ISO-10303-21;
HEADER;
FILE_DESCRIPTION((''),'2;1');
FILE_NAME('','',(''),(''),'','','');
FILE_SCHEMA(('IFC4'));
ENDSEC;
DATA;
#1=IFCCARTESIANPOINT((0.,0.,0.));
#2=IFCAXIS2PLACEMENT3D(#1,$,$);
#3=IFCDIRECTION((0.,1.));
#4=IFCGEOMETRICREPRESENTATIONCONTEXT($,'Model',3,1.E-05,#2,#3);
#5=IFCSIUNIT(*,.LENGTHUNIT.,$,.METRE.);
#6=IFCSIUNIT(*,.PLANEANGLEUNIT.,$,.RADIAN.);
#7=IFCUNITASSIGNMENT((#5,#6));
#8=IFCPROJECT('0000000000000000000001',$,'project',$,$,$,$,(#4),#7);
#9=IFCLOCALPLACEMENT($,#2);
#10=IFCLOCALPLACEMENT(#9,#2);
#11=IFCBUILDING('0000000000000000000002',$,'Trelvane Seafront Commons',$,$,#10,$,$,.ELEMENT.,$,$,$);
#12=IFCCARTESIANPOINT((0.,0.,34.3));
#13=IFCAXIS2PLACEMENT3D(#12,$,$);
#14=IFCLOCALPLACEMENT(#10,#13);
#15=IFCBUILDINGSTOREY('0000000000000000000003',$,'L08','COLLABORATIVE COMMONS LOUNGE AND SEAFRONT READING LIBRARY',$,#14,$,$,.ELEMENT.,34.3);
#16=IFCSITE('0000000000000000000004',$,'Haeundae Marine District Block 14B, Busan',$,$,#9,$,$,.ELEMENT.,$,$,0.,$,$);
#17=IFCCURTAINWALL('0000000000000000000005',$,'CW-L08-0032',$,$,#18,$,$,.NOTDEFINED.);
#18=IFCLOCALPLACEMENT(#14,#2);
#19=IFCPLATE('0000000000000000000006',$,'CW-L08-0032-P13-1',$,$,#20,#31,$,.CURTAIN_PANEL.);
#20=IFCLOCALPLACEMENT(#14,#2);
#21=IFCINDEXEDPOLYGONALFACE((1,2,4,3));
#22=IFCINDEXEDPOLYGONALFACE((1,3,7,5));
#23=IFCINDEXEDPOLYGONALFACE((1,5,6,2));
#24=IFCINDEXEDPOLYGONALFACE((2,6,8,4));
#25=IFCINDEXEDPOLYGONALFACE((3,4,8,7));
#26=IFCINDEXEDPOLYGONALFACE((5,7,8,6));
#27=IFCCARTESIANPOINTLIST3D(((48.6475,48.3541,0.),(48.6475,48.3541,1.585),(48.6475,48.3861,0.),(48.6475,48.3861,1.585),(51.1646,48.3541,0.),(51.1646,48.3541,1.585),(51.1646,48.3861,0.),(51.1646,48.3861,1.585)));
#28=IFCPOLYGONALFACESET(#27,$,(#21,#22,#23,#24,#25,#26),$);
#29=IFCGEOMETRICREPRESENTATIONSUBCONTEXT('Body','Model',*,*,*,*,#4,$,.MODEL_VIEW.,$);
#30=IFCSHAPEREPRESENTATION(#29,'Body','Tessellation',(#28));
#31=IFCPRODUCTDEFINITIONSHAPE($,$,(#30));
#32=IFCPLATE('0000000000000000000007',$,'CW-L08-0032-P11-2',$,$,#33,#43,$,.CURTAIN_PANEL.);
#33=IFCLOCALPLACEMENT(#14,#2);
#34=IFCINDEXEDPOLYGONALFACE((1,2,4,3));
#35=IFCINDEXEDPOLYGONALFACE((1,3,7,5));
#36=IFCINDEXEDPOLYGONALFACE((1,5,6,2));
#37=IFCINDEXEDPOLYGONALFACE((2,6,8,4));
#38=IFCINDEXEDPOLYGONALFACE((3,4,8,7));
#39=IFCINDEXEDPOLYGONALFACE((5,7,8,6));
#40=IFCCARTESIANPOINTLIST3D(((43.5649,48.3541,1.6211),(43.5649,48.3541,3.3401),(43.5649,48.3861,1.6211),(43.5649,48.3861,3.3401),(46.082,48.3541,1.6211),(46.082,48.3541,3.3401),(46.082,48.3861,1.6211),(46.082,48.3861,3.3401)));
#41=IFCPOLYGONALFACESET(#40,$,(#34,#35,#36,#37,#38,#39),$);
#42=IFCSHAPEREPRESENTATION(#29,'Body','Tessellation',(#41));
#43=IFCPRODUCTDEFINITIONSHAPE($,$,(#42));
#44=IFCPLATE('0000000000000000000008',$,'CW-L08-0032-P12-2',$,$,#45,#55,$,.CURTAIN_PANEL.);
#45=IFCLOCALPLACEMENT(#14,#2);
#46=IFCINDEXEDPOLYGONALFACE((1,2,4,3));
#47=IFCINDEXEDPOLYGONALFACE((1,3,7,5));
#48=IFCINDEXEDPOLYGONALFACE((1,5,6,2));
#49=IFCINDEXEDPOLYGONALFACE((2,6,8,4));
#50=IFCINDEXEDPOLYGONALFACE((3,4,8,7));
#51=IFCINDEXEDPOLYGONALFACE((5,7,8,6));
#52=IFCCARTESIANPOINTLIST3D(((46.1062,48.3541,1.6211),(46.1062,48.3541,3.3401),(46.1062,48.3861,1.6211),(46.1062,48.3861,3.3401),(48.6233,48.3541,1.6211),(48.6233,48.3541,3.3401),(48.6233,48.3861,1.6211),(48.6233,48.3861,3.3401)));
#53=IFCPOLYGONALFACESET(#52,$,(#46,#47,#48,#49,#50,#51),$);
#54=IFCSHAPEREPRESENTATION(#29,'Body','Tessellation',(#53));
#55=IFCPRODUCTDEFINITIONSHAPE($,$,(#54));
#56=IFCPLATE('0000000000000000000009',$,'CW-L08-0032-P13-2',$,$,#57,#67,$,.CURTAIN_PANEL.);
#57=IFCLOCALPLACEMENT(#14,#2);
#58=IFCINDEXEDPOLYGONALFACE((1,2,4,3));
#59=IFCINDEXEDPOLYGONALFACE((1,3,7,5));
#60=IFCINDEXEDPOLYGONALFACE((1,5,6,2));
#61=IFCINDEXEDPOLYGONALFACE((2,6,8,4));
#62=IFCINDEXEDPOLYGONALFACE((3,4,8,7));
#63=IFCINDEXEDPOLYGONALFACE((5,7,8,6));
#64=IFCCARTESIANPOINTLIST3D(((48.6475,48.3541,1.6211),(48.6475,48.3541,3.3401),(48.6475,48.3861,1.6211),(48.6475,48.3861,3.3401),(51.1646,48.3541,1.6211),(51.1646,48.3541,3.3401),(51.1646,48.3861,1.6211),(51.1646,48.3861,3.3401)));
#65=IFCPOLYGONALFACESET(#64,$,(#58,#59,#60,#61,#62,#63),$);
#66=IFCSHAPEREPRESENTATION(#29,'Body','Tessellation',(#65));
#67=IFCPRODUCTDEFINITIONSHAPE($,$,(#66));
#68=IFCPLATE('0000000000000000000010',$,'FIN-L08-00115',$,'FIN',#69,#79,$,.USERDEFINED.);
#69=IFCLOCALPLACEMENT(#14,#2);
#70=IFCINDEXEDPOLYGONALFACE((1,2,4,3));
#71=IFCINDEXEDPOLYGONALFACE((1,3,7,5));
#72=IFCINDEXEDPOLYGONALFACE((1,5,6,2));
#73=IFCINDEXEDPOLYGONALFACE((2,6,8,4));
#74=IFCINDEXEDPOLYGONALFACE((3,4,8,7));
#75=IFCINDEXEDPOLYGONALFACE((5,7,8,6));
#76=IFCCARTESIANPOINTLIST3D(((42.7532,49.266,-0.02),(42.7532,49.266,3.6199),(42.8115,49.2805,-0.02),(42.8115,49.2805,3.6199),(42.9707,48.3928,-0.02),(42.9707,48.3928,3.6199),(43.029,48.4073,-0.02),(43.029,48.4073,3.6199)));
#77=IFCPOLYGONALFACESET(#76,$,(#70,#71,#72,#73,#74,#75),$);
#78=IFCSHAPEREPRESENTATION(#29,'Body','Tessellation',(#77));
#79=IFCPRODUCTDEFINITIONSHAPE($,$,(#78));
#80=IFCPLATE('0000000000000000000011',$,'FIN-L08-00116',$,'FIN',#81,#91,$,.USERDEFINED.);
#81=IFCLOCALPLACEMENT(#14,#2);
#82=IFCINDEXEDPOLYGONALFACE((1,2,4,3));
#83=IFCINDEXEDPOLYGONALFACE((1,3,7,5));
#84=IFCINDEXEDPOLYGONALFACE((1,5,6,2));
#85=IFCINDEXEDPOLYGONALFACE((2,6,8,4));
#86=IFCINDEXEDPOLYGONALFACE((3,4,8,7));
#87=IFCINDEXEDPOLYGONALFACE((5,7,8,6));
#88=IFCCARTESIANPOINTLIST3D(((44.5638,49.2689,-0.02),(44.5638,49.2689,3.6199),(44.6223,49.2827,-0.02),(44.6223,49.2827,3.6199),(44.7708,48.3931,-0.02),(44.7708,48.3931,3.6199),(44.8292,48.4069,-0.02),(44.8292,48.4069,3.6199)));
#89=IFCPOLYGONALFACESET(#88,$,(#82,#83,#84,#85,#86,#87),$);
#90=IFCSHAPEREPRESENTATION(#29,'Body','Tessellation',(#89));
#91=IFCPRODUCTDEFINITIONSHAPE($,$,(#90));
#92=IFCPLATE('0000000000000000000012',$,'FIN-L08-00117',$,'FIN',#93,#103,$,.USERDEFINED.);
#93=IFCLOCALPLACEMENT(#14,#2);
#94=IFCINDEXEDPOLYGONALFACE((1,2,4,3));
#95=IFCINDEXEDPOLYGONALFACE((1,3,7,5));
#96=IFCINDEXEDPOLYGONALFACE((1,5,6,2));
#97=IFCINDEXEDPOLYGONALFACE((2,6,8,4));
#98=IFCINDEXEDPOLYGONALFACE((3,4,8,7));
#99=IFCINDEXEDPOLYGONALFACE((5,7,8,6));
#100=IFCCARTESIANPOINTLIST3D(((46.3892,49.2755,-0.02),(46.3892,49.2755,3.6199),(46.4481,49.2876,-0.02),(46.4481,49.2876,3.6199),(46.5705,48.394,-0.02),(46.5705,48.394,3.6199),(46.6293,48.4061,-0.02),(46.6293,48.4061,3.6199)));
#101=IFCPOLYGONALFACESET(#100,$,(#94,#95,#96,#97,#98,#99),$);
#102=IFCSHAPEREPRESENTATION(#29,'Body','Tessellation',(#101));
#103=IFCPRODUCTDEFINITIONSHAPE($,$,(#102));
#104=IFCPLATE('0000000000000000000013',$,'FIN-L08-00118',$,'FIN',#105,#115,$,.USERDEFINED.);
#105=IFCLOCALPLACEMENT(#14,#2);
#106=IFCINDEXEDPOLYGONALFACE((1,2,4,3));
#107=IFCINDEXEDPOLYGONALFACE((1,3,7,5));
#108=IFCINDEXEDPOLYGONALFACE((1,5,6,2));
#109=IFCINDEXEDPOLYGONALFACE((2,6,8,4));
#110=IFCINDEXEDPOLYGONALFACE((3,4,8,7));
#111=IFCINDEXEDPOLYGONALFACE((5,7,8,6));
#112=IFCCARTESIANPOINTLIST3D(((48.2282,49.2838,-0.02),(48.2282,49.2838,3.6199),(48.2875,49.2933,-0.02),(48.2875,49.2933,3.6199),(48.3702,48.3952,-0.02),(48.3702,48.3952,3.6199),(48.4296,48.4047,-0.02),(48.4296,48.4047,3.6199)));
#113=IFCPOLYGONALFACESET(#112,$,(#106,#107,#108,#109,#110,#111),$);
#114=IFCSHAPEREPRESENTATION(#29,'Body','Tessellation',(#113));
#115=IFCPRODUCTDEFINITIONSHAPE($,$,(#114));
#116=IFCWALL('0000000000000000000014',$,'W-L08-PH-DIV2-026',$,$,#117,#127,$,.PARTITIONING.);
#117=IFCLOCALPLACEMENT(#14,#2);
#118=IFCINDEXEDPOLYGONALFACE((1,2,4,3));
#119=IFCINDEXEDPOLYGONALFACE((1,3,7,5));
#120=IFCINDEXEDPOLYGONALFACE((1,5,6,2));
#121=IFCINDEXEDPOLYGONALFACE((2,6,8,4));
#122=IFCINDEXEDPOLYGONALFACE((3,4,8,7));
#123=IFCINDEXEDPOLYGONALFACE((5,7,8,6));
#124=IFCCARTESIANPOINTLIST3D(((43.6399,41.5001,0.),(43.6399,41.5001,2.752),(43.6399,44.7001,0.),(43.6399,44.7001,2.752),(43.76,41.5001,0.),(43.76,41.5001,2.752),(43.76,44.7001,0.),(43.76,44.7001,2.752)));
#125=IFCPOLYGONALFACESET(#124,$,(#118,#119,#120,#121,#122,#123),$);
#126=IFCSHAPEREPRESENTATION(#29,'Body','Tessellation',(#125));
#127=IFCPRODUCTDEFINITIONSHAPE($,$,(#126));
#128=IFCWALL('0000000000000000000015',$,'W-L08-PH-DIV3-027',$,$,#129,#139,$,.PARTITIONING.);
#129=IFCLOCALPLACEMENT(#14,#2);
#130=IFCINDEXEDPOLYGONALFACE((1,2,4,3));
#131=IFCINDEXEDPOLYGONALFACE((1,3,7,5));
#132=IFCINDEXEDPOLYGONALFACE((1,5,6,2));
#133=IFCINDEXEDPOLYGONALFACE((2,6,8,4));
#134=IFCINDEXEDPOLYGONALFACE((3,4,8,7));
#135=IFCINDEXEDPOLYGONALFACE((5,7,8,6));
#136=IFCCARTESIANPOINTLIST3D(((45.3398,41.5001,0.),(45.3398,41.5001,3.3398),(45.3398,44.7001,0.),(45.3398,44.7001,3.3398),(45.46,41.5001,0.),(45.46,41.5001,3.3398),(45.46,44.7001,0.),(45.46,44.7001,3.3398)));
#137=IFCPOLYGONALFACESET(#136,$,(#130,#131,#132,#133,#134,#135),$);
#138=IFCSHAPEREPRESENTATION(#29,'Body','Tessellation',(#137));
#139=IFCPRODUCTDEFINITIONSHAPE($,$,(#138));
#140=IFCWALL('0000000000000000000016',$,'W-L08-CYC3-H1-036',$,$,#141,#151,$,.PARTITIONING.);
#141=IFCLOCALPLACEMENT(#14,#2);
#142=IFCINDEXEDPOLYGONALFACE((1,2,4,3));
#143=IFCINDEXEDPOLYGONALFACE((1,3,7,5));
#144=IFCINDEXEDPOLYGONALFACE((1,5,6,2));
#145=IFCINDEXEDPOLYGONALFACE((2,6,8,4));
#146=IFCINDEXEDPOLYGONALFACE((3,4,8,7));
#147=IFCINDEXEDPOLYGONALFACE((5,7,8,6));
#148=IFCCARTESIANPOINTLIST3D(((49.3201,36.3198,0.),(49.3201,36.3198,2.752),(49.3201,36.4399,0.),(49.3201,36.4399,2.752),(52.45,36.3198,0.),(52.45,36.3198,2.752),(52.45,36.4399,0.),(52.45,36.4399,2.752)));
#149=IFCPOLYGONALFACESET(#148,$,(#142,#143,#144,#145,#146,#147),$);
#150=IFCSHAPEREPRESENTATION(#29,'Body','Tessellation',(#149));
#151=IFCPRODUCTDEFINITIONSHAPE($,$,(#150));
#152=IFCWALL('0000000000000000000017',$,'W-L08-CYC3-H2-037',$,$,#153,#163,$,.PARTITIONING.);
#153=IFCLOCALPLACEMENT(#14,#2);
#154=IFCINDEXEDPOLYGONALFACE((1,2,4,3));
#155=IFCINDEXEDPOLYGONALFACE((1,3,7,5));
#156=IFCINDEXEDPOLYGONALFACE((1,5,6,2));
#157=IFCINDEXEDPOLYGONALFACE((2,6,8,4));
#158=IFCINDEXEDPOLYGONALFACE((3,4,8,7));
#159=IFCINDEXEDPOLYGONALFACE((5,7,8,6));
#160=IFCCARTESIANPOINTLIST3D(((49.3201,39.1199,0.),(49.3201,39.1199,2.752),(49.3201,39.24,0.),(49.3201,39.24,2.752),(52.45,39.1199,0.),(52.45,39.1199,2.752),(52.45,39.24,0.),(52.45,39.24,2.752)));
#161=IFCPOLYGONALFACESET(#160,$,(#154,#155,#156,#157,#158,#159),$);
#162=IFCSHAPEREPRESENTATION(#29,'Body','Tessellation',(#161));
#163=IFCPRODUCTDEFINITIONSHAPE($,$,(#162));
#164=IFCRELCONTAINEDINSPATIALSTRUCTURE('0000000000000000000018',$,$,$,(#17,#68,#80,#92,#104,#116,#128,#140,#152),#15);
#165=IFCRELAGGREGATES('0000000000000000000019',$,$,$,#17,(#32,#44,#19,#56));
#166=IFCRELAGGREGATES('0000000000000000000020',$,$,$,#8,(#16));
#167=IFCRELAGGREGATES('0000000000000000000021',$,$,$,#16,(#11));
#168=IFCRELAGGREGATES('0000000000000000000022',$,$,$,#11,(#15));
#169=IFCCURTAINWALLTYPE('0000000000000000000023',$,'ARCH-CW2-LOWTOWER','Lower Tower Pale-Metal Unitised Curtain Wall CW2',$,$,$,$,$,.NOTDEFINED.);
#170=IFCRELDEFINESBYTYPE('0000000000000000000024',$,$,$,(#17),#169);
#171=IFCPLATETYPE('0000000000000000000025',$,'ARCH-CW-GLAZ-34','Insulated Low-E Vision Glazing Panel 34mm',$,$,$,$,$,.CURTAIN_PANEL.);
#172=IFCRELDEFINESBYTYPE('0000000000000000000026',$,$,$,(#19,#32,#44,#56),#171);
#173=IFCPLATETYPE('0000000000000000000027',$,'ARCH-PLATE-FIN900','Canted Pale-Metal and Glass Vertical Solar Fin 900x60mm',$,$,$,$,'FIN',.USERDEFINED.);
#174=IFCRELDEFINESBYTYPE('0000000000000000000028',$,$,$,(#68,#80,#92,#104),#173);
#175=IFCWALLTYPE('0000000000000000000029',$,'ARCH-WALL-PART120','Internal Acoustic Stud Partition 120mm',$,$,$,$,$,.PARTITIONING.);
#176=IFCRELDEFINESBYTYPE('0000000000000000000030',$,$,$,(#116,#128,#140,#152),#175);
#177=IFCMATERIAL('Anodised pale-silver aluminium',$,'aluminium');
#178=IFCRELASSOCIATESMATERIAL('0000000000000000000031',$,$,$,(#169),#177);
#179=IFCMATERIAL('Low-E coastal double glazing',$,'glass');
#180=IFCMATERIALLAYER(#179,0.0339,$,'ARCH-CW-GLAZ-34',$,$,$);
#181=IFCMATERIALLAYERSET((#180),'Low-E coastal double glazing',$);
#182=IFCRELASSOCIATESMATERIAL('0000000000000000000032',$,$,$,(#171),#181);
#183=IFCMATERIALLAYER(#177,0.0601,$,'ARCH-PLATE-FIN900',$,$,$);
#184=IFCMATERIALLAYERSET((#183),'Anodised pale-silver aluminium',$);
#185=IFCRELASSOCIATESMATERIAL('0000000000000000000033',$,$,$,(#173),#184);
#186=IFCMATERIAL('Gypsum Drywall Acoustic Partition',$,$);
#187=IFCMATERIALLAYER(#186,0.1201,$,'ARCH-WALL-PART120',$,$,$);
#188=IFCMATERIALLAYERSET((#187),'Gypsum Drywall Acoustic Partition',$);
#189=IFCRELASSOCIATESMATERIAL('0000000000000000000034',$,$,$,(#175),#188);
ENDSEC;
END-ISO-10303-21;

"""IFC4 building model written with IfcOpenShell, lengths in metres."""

from ifc_helpers import new_model, si_unit, direction, frame, frame_2d, origin, origin_2d, place, context, subcontext, project, spatial, rectangle, extrude, source, transform, mapped, material, layer, layer_set, type_object, element, aggregate, save


model = new_model("IFC4")

# Units and contexts
model_context = context("Model", 3, precision=1e-05, world=origin(), true_north=direction((0.0, 1.0)))
body_context = subcontext(model_context, "Body", "Model", "MODEL_VIEW")
ifc_project = project(units=[si_unit("LENGTHUNIT", "METRE"), si_unit("PLANEANGLEUNIT", "RADIAN")], contexts=[model_context])

# Site, building, storey
site_placement = place(None, origin())
site = spatial("IfcSite", under=ifc_project, at=site_placement, Name="Haeundae Marine District Block 14B, Busan", CompositionType="ELEMENT", RefElevation=0.0)
building_placement = place(site_placement, origin())
building = spatial("IfcBuilding", under=site, at=building_placement, Name="Trelvane Seafront Commons", CompositionType="ELEMENT")
storey_placement = place(building_placement, frame((0.0, 0.0, 34.3)))
storey = spatial("IfcBuildingStorey", under=building, at=storey_placement, Name="L08", Description="COLLABORATIVE COMMONS LOUNGE AND SEAFRONT READING LIBRARY", CompositionType="ELEMENT", Elevation=34.3)

# Curtain wall, plates
ifc_material_1 = material(Name="Anodised pale-silver aluminium", Category="aluminium")
curtain_wall_type = type_object("IfcCurtainWallType", Name="ARCH-CW2-LOWTOWER", Description="Lower Tower Pale-Metal Unitised Curtain Wall CW2", PredefinedType="NOTDEFINED", material=ifc_material_1)
curtain_wall_placement = place(storey_placement, origin())
curtain_wall = element("IfcCurtainWall", 1, at=curtain_wall_placement, inside=storey, type_object=curtain_wall_type, Name="CW-L08-0032", PredefinedType="NOTDEFINED")
ifc_material_2 = material(Name="Low-E coastal double glazing", Category="glass")
ifc_layer_1 = layer(ifc_material_2, 0.0339, Name="ARCH-CW-GLAZ-34")
ifc_layer_set_1 = layer_set([ifc_layer_1], Name="Low-E coastal double glazing")
plate_type_1 = type_object("IfcPlateType", Name="ARCH-CW-GLAZ-34", Description="Insulated Low-E Vision Glazing Panel 34mm", PredefinedType="CURTAIN_PANEL", material=ifc_layer_set_1)
shared_shape_1 = source(origin(), body_context, "Body", "SweptSolid", [
    extrude(rectangle(XDim=2.5171, YDim=0.032, at=origin_2d()), origin(), (0.0, 0.0, 1.0), 1.585),
])
plate_1_placement = place(storey_placement, frame((49.906, 48.3701, 0.0), z_axis=(0.0, 0.0, 1.0), x_axis=(1.0, 0.0, 0.0)))
plate_1 = element("IfcPlate", 2, at=plate_1_placement, type_object=plate_type_1, Name="CW-L08-0032-P13-1", PredefinedType="CURTAIN_PANEL", context=body_context, shape_type="MappedRepresentation", body=[
    mapped(shared_shape_1, transform((0.0, 0.0, 0.0), x_axis=(1.0, 0.0, 0.0), y_axis=(0.0, 1.0, 0.0), z_axis=(0.0, 0.0, 1.0), scale=1.0)),
])
shared_shape_2 = source(origin(), body_context, "Body", "SweptSolid", [
    extrude(rectangle(XDim=2.5171, YDim=0.032, at=origin_2d()), origin(), (0.0, 0.0, 1.0), 1.719),
])
plate_2_placement = place(storey_placement, frame((44.8235, 48.3701, 1.6211), z_axis=(0.0, 0.0, 1.0), x_axis=(1.0, 0.0, 0.0)))
plate_2 = element("IfcPlate", 3, at=plate_2_placement, type_object=plate_type_1, Name="CW-L08-0032-P11-2", PredefinedType="CURTAIN_PANEL", context=body_context, shape_type="MappedRepresentation", body=[
    mapped(shared_shape_2, transform((0.0, 0.0, 0.0), x_axis=(1.0, 0.0, 0.0), y_axis=(0.0, 1.0, 0.0), z_axis=(0.0, 0.0, 1.0), scale=1.0)),
])
plate_3_placement = place(storey_placement, frame((47.3647, 48.3701, 1.6211), z_axis=(0.0, 0.0, 1.0), x_axis=(1.0, 0.0, 0.0)))
plate_3 = element("IfcPlate", 4, at=plate_3_placement, type_object=plate_type_1, Name="CW-L08-0032-P12-2", PredefinedType="CURTAIN_PANEL", context=body_context, shape_type="MappedRepresentation", body=[
    mapped(shared_shape_2, transform((0.0, 0.0, 0.0), x_axis=(1.0, 0.0, 0.0), y_axis=(0.0, 1.0, 0.0), z_axis=(0.0, 0.0, 1.0), scale=1.0)),
])
plate_4_placement = place(storey_placement, frame((49.906, 48.3701, 1.6211), z_axis=(0.0, 0.0, 1.0), x_axis=(1.0, 0.0, 0.0)))
plate_4 = element("IfcPlate", 5, at=plate_4_placement, type_object=plate_type_1, Name="CW-L08-0032-P13-2", PredefinedType="CURTAIN_PANEL", context=body_context, shape_type="MappedRepresentation", body=[
    mapped(shared_shape_2, transform((0.0, 0.0, 0.0), x_axis=(1.0, 0.0, 0.0), y_axis=(0.0, 1.0, 0.0), z_axis=(0.0, 0.0, 1.0), scale=1.0)),
])
aggregate(curtain_wall, [plate_2, plate_3, plate_1, plate_4])

# Plates
ifc_layer_2 = layer(ifc_material_1, 0.0601, Name="ARCH-PLATE-FIN900")
ifc_layer_set_2 = layer_set([ifc_layer_2], Name="Anodised pale-silver aluminium")
plate_type_2 = type_object("IfcPlateType", Name="ARCH-PLATE-FIN900", Description="Canted Pale-Metal and Glass Vertical Solar Fin 900x60mm", ElementType="FIN", PredefinedType="USERDEFINED", material=ifc_layer_set_2)
shared_shape_3 = source(origin(), body_context, "Body", "SweptSolid", [
    extrude(rectangle(XDim=0.8999, YDim=0.0601, at=origin_2d()), origin(), (0.0, 0.0, 1.0), 3.6399),
])
for number, where, z_axis, x_axis, name in (
    (6, (42.8911, 48.8367, -0.02), (0.0, 0.0, 1.0), (-0.241673, 0.970358, 0.0), "FIN-L08-00115"),
    (7, (44.6965, 48.8379, -0.02), (0.0, 0.0, 1.0), (-0.229994, 0.973192, 0.0), "FIN-L08-00116"),
    (8, (46.5093, 48.8408, -0.02), (0.0, 0.0, 1.0), (-0.201434, 0.979502, 0.0), "FIN-L08-00117"),
    (9, (48.3289, 48.8442, -0.02), (0.0, 0.0, 1.0), (-0.157891, 0.987457, 0.0), "FIN-L08-00118"),
):
    element("IfcPlate", number, at=place(storey_placement, frame(where, z_axis=z_axis, x_axis=x_axis)), inside=storey, type_object=plate_type_2, Name=name, ObjectType="FIN", PredefinedType="USERDEFINED", context=body_context, shape_type="MappedRepresentation", body=[
        mapped(shared_shape_3, transform((0.0, 0.0, 0.0), x_axis=(1.0, 0.0, 0.0), y_axis=(0.0, 1.0, 0.0), z_axis=(0.0, 0.0, 1.0), scale=1.0)),
    ])

# Walls
ifc_material_3 = material(Name="Gypsum Drywall Acoustic Partition")
ifc_layer_3 = layer(ifc_material_3, 0.1201, Name="ARCH-WALL-PART120")
ifc_layer_set_3 = layer_set([ifc_layer_3], Name="Gypsum Drywall Acoustic Partition")
wall_type_1 = type_object("IfcWallType", Name="ARCH-WALL-PART120", Description="Internal Acoustic Stud Partition 120mm", PredefinedType="PARTITIONING", material=ifc_layer_set_3)
wall_1_placement = place(storey_placement, frame((43.7, 41.5, 0.0), z_axis=(0.0, 0.0, 1.0), x_axis=(0.0, 1.0, 0.0)))
element("IfcWall", 10, at=wall_1_placement, inside=storey, type_object=wall_type_1, Name="W-L08-PH-DIV2-026", PredefinedType="PARTITIONING", context=body_context, shape_type="SweptSolid", body=[
    extrude(rectangle(XDim=3.2, YDim=0.1201, at=frame_2d((1.6001, 0.0))), origin(), (0.0, 0.0, 1.0), 2.752),
])
wall_2_placement = place(storey_placement, frame((45.3999, 41.5, 0.0), z_axis=(0.0, 0.0, 1.0), x_axis=(0.0, 1.0, 0.0)))
element("IfcWall", 11, at=wall_2_placement, inside=storey, type_object=wall_type_1, Name="W-L08-PH-DIV3-027", PredefinedType="PARTITIONING", context=body_context, shape_type="SweptSolid", body=[
    extrude(rectangle(XDim=3.2, YDim=0.1201, at=frame_2d((1.6001, 0.0))), origin(), (0.0, 0.0, 1.0), 3.3398),
])
for number, where, z_axis, x_axis, name in (
    (12, (49.3201, 36.3799, 0.0), (0.0, 0.0, 1.0), (1.0, 0.0, 0.0), "W-L08-CYC3-H1-036"),
    (13, (49.3201, 39.1799, 0.0), (0.0, 0.0, 1.0), (1.0, 0.0, 0.0), "W-L08-CYC3-H2-037"),
):
    element("IfcWall", number, at=place(storey_placement, frame(where, z_axis=z_axis, x_axis=x_axis)), inside=storey, type_object=wall_type_1, Name=name, PredefinedType="PARTITIONING", context=body_context, shape_type="SweptSolid", body=[
        extrude(rectangle(XDim=3.1299, YDim=0.1201, at=frame_2d((1.5649, 0.0))), origin(), (0.0, 0.0, 1.0), 2.752),
    ])

save(model, "model.ifc")
